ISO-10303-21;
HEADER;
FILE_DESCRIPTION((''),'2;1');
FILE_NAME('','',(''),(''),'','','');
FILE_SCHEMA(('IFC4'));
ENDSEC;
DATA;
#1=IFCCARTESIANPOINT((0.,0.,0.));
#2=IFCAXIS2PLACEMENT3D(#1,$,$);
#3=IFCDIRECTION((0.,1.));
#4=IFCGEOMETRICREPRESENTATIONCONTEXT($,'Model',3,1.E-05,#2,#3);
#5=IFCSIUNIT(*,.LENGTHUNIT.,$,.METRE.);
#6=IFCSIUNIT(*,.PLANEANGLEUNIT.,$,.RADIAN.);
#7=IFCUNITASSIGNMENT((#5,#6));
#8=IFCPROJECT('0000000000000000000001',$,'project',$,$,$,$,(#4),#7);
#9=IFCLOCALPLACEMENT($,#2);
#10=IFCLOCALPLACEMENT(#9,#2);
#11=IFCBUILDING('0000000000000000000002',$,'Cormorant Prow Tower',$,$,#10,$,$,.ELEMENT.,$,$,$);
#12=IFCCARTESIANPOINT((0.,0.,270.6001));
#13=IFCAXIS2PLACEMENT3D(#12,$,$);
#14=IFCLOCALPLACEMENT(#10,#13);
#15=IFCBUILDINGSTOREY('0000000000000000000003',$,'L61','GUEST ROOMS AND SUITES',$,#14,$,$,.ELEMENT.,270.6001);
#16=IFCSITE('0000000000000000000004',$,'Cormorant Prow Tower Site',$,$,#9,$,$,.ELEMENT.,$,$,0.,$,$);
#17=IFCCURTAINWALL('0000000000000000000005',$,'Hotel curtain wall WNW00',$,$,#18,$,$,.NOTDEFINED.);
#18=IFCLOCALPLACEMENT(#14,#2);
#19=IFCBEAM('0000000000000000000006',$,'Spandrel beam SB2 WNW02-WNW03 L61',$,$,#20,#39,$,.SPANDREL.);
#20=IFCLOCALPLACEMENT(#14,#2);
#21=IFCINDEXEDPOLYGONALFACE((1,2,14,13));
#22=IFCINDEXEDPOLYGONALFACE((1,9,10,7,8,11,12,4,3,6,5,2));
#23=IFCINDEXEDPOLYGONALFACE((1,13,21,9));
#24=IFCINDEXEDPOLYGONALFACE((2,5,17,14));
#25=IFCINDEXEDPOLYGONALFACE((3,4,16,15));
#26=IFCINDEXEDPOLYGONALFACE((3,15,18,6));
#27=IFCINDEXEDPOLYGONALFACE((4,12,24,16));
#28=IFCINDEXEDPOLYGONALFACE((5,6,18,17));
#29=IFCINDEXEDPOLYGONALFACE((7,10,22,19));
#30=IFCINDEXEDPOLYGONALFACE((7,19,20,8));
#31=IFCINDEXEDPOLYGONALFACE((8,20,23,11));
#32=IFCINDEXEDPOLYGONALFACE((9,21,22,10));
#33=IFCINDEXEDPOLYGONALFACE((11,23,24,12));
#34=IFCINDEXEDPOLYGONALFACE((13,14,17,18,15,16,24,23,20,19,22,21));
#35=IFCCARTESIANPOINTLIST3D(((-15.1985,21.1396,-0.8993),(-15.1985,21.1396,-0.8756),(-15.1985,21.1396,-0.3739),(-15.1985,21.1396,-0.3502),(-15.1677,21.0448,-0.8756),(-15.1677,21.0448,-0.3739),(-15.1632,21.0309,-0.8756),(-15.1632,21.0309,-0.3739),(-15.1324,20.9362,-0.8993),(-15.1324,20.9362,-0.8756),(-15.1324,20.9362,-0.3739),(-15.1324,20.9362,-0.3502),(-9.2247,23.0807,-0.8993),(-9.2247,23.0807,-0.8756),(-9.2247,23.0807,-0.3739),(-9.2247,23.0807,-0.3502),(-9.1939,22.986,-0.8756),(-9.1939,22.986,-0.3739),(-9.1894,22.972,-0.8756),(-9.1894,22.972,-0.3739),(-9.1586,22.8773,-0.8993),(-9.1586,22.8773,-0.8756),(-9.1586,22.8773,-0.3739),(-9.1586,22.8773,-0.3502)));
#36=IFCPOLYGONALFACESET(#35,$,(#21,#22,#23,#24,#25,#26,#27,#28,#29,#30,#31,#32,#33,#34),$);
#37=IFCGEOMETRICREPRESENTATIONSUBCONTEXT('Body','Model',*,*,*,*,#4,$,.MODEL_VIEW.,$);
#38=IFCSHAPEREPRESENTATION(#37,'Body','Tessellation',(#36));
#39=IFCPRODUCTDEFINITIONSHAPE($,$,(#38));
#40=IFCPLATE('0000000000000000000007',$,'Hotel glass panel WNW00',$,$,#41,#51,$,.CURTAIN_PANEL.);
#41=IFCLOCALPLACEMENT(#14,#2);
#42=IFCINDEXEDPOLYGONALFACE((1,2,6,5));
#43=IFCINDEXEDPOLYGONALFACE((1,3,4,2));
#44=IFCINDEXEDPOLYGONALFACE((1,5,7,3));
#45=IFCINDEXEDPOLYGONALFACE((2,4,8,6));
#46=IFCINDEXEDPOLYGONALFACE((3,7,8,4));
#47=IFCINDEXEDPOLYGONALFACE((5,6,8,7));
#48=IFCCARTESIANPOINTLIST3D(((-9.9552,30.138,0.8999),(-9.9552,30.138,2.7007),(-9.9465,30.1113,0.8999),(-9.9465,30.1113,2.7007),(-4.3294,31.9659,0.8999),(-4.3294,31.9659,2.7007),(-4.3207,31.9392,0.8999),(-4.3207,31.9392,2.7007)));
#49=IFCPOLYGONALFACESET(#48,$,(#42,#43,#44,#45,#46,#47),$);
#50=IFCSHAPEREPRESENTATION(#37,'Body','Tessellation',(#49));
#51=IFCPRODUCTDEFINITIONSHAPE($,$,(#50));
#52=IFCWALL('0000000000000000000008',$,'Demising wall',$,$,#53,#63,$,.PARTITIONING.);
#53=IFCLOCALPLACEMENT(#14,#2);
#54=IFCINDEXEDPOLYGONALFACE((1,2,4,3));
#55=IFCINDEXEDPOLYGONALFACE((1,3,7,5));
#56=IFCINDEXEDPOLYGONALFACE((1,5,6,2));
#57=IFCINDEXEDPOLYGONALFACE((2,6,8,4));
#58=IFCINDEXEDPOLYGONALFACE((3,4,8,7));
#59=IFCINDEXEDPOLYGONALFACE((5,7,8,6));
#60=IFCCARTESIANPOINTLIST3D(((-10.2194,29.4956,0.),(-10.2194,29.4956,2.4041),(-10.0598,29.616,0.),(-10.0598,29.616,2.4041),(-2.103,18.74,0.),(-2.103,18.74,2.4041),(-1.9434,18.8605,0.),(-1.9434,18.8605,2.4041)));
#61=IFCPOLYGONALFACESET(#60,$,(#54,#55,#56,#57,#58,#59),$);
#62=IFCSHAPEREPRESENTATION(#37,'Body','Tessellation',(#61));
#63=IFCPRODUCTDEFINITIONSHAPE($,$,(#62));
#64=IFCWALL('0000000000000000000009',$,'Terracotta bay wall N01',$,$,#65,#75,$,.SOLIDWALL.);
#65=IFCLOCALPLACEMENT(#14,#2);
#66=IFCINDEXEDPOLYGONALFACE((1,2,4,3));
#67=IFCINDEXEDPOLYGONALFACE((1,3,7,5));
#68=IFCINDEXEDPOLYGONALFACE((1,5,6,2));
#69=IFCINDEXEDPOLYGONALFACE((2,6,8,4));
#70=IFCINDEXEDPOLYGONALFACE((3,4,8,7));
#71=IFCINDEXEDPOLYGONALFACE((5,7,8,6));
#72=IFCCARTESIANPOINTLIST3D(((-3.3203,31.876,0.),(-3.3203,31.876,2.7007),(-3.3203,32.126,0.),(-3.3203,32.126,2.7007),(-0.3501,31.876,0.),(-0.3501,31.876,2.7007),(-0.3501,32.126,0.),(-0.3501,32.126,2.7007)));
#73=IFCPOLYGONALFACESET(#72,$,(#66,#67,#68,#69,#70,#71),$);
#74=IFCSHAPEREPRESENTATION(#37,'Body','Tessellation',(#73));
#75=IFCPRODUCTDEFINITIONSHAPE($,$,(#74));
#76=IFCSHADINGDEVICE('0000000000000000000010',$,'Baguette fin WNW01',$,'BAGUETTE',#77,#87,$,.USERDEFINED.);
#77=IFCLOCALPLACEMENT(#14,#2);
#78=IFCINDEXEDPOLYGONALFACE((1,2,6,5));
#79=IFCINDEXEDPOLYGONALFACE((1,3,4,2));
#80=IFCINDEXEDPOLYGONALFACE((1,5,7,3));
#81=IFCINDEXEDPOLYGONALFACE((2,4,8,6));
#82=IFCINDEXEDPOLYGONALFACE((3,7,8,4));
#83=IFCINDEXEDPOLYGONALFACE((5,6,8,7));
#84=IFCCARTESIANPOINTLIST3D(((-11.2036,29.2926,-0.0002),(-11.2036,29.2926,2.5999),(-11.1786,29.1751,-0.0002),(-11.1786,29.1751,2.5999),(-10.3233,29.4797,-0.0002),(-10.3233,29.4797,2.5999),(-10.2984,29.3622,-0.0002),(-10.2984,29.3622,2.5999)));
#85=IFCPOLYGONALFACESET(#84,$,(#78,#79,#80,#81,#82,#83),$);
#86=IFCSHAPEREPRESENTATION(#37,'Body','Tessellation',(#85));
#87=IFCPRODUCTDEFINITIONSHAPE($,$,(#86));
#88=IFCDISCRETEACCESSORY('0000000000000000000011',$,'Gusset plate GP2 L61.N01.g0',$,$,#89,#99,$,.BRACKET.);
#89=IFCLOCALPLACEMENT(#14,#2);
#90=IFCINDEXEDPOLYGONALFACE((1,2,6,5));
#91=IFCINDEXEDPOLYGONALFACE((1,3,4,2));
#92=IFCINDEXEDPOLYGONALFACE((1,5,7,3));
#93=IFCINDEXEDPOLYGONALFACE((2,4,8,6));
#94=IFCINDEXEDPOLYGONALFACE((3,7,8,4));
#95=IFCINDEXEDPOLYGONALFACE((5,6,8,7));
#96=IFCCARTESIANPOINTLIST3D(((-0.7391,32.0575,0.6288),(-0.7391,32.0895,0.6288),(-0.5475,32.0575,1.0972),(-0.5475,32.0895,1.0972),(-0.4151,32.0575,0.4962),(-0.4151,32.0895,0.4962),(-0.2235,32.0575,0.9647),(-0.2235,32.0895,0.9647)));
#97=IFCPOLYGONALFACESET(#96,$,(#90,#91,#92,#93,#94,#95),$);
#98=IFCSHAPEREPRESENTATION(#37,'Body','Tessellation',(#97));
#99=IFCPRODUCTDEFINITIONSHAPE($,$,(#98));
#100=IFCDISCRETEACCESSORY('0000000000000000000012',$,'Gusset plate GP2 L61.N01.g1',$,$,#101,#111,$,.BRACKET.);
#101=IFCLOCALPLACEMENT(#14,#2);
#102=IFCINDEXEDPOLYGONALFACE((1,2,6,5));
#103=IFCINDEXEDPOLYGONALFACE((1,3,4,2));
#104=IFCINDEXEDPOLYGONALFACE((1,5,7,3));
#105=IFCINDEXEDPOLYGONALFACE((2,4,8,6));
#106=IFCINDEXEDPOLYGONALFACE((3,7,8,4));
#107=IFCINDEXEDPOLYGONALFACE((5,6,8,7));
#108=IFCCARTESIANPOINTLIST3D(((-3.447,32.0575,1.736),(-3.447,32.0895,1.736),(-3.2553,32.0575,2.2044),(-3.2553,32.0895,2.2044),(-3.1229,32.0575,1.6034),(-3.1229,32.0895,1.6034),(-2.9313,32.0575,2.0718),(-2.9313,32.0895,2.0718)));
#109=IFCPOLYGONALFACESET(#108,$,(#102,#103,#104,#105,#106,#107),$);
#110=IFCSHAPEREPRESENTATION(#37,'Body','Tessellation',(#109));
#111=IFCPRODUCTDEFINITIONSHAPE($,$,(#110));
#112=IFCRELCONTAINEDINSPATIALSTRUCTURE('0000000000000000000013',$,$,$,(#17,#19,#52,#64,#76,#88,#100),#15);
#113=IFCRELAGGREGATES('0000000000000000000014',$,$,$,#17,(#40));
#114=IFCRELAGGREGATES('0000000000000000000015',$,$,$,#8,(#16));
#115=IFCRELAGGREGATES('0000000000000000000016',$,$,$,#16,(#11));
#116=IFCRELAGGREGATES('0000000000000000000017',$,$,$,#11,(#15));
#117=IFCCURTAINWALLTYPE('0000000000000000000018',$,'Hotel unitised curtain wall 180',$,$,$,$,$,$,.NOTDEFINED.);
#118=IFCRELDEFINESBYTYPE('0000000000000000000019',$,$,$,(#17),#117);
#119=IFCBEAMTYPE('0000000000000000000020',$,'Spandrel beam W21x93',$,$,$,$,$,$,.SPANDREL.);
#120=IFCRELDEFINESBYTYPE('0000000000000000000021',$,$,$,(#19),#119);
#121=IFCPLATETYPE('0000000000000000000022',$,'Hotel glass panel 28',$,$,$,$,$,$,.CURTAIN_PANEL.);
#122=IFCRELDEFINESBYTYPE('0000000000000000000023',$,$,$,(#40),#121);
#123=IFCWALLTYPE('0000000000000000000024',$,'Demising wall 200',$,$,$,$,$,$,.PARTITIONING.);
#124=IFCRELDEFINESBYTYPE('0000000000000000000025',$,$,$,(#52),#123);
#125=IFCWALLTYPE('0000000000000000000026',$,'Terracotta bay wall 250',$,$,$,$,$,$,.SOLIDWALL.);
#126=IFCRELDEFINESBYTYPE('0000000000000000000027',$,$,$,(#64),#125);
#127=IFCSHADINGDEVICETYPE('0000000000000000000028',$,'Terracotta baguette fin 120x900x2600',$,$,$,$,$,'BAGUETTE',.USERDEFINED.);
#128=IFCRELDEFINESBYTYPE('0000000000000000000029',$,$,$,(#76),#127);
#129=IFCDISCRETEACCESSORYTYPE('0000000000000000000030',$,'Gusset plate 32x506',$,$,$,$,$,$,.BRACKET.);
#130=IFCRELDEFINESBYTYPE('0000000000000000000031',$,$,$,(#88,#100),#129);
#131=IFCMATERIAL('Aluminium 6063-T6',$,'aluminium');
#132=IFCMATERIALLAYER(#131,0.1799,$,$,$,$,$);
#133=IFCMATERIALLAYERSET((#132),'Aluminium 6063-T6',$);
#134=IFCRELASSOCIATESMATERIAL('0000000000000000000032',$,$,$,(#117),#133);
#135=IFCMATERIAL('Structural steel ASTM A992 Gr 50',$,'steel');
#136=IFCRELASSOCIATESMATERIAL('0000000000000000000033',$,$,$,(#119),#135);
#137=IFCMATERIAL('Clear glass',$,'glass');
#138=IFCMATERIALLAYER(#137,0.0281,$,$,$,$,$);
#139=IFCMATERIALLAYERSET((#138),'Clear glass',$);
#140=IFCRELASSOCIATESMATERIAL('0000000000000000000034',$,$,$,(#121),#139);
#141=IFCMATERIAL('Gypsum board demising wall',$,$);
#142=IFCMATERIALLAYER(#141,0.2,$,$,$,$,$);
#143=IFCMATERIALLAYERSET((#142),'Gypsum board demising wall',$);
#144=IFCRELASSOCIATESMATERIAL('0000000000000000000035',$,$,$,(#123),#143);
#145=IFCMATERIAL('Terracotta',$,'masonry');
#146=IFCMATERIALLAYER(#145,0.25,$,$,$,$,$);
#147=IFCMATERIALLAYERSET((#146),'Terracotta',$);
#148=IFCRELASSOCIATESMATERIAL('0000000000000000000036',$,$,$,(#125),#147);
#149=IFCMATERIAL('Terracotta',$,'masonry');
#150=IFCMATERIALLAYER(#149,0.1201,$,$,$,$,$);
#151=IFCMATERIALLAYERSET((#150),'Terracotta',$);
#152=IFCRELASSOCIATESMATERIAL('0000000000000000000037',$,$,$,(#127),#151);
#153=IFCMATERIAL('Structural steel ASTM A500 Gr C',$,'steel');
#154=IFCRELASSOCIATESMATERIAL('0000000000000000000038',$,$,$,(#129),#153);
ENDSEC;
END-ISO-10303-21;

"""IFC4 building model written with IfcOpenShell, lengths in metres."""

from ifc_helpers import new_model, si_unit, direction, frame, frame_2d, origin, origin_2d, place, context, subcontext, project, spatial, rectangle, i_section, extrude, material, layer, layer_set, material_profile, profile_set, type_object, element, aggregate, save


model = new_model("IFC4")

# Units and contexts
model_context = context("Model", 3, precision=1e-05, world=origin(), true_north=direction((0.0, 1.0)))
body_context = subcontext(model_context, "Body", "Model", "MODEL_VIEW")
ifc_project = project(units=[si_unit("LENGTHUNIT", "METRE"), si_unit("PLANEANGLEUNIT", "RADIAN")], contexts=[model_context])

# Site, building, storey
site_placement = place(None, origin())
site = spatial("IfcSite", under=ifc_project, at=site_placement, Name="Cormorant Prow Tower Site", CompositionType="ELEMENT", RefElevation=0.0)
building_placement = place(site_placement, origin())
building = spatial("IfcBuilding", under=site, at=building_placement, Name="Cormorant Prow Tower", CompositionType="ELEMENT")
storey_placement = place(building_placement, frame((0.0, 0.0, 270.6001)))
storey = spatial("IfcBuildingStorey", under=building, at=storey_placement, Name="L61", Description="GUEST ROOMS AND SUITES", CompositionType="ELEMENT", Elevation=270.6001)

# Curtain wall
ifc_material_1 = material(Name="Aluminium 6063-T6", Category="aluminium")
ifc_layer_1 = layer(ifc_material_1, 0.1799)
ifc_layer_set_1 = layer_set([ifc_layer_1], Name="Aluminium 6063-T6")
curtain_wall_type = type_object("IfcCurtainWallType", Name="Hotel unitised curtain wall 180", PredefinedType="NOTDEFINED", material=ifc_layer_set_1)
curtain_wall_1_placement = place(storey_placement, origin())
curtain_wall_1 = element("IfcCurtainWall", 1, at=curtain_wall_1_placement, inside=storey, type_object=curtain_wall_type, Name="Hotel curtain wall WNW00", PredefinedType="NOTDEFINED")

# Beam
ifc_material_2 = material(Name="Structural steel ASTM A992 Gr 50", Category="steel")
ifc_material_profile_1 = material_profile(ifc_material_2, i_section(OverallWidth=0.2139, OverallDepth=0.5491, WebThickness=0.0146, FlangeThickness=0.0237, at=origin_2d()), Name="W21x93")
ifc_profile_set_1 = profile_set([ifc_material_profile_1], Name="Structural steel ASTM A992 Gr 50")
beam_type = type_object("IfcBeamType", Name="Spandrel beam W21x93", PredefinedType="SPANDREL", material=ifc_profile_set_1)
beam_1_placement = place(storey_placement, frame((-9.1917, 22.979, -0.6248), z_axis=(-0.95105, -0.309036, 0.0), x_axis=(0.309036, -0.95105, 0.0)))
element("IfcBeam", 2, at=beam_1_placement, inside=storey, type_object=beam_type, Name="Spandrel beam SB2 WNW02-WNW03 L61", PredefinedType="SPANDREL", context=body_context, shape_type="SweptSolid", body=[
    extrude(i_section(OverallWidth=0.2139, OverallDepth=0.5491, WebThickness=0.0146, FlangeThickness=0.0237, at=origin_2d()), origin(), (0.0, 0.0, 1.0), 6.2812),
])

# Plate
ifc_material_3 = material(Name="Clear glass", Category="glass")
ifc_layer_2 = layer(ifc_material_3, 0.0281)
ifc_layer_set_2 = layer_set([ifc_layer_2], Name="Clear glass")
plate_type = type_object("IfcPlateType", Name="Hotel glass panel 28", PredefinedType="CURTAIN_PANEL", material=ifc_layer_set_2)
plate_placement = place(storey_placement, frame((-7.1379, 31.0386, 0.8999), z_axis=(0.0, 0.0, 1.0), x_axis=(-0.951057, -0.309017, 0.0)))
plate = element("IfcPlate", 3, at=plate_placement, type_object=plate_type, Name="Hotel glass panel WNW00", PredefinedType="CURTAIN_PANEL", context=body_context, shape_type="SweptSolid", body=[
    extrude(rectangle(XDim=5.9153, YDim=0.0281, at=origin_2d()), origin(), (0.0, 0.0, 1.0), 1.8008),
])
aggregate(curtain_wall_1, [plate])

# Walls
ifc_material_4 = material(Name="Gypsum board demising wall")
ifc_layer_3 = layer(ifc_material_4, 0.2)
ifc_layer_set_3 = layer_set([ifc_layer_3], Name="Gypsum board demising wall")
wall_type_1 = type_object("IfcWallType", Name="Demising wall 200", PredefinedType="PARTITIONING", material=ifc_layer_set_3)
wall_1_placement = place(storey_placement, frame((-10.1396, 29.5559, 0.0), z_axis=(0.0, 0.0, 1.0), x_axis=(0.60236, -0.798224, 0.0)))
element("IfcWall", 4, at=wall_1_placement, inside=storey, type_object=wall_type_1, Name="Demising wall", PredefinedType="PARTITIONING", context=body_context, shape_type="SweptSolid", body=[
    extrude(rectangle(XDim=13.4744, YDim=0.2, at=frame_2d((6.7373, 0.0))), origin(), (0.0, 0.0, 1.0), 2.4041),
])
ifc_material_5 = material(Name="Terracotta", Category="masonry")
ifc_layer_4 = layer(ifc_material_5, 0.25)
ifc_layer_set_4 = layer_set([ifc_layer_4], Name="Terracotta")
wall_type_2 = type_object("IfcWallType", Name="Terracotta bay wall 250", PredefinedType="SOLIDWALL", material=ifc_layer_set_4)
wall_2_placement = place(storey_placement, frame((-0.3501, 32.001, 0.0), z_axis=(0.0, 0.0, 1.0), x_axis=(-1.0, 0.0, 0.0)))
element("IfcWall", 5, at=wall_2_placement, inside=storey, type_object=wall_type_2, Name="Terracotta bay wall N01", PredefinedType="SOLIDWALL", context=body_context, shape_type="SweptSolid", body=[
    extrude(rectangle(XDim=2.9702, YDim=0.25, at=frame_2d((1.4851, 0.0))), origin(), (0.0, 0.0, 1.0), 2.7007),
])

# Shading device
ifc_material_6 = material(Name="Terracotta", Category="masonry")
ifc_layer_5 = layer(ifc_material_6, 0.1201)
ifc_layer_set_5 = layer_set([ifc_layer_5], Name="Terracotta")
shading_device_type = type_object("IfcShadingDeviceType", Name="Terracotta baguette fin 120x900x2600", ElementType="BAGUETTE", PredefinedType="USERDEFINED", material=ifc_layer_set_5)
shading_device_placement = place(storey_placement, frame((-10.751, 29.3274, -0.0002), z_axis=(0.0, 0.0, 1.0), x_axis=(0.207912, -0.978148, 0.0)))
element("IfcShadingDevice", 6, at=shading_device_placement, inside=storey, type_object=shading_device_type, Name="Baguette fin WNW01", ObjectType="BAGUETTE", PredefinedType="USERDEFINED", context=body_context, shape_type="SweptSolid", body=[
    extrude(rectangle(XDim=0.1201, YDim=0.8999, at=origin_2d()), origin(), (0.0, 0.0, 1.0), 2.6001),
])

# Discrete accessories
ifc_material_7 = material(Name="Structural steel ASTM A500 Gr C", Category="steel")
ifc_material_profile_2 = material_profile(ifc_material_7, rectangle(XDim=0.032, YDim=0.5061, at=origin_2d()), Name="Gusset plate 32x506")
ifc_profile_set_2 = profile_set([ifc_material_profile_2], Name="Structural steel ASTM A500 Gr C")
discrete_accessory_type = type_object("IfcDiscreteAccessoryType", Name="Gusset plate 32x506", PredefinedType="BRACKET", material=ifc_profile_set_2)
for number, where, z_axis, x_axis, name in (
    (7, (-0.6433, 32.0735, 0.863), (0.925514, 0.0, -0.378714), (0.0, 1.0, 0.0), "Gusset plate GP2 L61.N01.g0"),
    (8, (-3.0271, 32.0735, 1.8376), (-0.925514, 0.0, 0.378714), (0.0, -1.0, 0.0), "Gusset plate GP2 L61.N01.g1"),
):
    element("IfcDiscreteAccessory", number, at=place(storey_placement, frame(where, z_axis=z_axis, x_axis=x_axis)), inside=storey, type_object=discrete_accessory_type, Name=name, PredefinedType="BRACKET", context=body_context, shape_type="SweptSolid", body=[
        extrude(rectangle(XDim=0.032, YDim=0.5061, at=origin_2d()), origin(), (0.0, 0.0, 1.0), 0.3501),
    ])

save(model, "model.ifc")
